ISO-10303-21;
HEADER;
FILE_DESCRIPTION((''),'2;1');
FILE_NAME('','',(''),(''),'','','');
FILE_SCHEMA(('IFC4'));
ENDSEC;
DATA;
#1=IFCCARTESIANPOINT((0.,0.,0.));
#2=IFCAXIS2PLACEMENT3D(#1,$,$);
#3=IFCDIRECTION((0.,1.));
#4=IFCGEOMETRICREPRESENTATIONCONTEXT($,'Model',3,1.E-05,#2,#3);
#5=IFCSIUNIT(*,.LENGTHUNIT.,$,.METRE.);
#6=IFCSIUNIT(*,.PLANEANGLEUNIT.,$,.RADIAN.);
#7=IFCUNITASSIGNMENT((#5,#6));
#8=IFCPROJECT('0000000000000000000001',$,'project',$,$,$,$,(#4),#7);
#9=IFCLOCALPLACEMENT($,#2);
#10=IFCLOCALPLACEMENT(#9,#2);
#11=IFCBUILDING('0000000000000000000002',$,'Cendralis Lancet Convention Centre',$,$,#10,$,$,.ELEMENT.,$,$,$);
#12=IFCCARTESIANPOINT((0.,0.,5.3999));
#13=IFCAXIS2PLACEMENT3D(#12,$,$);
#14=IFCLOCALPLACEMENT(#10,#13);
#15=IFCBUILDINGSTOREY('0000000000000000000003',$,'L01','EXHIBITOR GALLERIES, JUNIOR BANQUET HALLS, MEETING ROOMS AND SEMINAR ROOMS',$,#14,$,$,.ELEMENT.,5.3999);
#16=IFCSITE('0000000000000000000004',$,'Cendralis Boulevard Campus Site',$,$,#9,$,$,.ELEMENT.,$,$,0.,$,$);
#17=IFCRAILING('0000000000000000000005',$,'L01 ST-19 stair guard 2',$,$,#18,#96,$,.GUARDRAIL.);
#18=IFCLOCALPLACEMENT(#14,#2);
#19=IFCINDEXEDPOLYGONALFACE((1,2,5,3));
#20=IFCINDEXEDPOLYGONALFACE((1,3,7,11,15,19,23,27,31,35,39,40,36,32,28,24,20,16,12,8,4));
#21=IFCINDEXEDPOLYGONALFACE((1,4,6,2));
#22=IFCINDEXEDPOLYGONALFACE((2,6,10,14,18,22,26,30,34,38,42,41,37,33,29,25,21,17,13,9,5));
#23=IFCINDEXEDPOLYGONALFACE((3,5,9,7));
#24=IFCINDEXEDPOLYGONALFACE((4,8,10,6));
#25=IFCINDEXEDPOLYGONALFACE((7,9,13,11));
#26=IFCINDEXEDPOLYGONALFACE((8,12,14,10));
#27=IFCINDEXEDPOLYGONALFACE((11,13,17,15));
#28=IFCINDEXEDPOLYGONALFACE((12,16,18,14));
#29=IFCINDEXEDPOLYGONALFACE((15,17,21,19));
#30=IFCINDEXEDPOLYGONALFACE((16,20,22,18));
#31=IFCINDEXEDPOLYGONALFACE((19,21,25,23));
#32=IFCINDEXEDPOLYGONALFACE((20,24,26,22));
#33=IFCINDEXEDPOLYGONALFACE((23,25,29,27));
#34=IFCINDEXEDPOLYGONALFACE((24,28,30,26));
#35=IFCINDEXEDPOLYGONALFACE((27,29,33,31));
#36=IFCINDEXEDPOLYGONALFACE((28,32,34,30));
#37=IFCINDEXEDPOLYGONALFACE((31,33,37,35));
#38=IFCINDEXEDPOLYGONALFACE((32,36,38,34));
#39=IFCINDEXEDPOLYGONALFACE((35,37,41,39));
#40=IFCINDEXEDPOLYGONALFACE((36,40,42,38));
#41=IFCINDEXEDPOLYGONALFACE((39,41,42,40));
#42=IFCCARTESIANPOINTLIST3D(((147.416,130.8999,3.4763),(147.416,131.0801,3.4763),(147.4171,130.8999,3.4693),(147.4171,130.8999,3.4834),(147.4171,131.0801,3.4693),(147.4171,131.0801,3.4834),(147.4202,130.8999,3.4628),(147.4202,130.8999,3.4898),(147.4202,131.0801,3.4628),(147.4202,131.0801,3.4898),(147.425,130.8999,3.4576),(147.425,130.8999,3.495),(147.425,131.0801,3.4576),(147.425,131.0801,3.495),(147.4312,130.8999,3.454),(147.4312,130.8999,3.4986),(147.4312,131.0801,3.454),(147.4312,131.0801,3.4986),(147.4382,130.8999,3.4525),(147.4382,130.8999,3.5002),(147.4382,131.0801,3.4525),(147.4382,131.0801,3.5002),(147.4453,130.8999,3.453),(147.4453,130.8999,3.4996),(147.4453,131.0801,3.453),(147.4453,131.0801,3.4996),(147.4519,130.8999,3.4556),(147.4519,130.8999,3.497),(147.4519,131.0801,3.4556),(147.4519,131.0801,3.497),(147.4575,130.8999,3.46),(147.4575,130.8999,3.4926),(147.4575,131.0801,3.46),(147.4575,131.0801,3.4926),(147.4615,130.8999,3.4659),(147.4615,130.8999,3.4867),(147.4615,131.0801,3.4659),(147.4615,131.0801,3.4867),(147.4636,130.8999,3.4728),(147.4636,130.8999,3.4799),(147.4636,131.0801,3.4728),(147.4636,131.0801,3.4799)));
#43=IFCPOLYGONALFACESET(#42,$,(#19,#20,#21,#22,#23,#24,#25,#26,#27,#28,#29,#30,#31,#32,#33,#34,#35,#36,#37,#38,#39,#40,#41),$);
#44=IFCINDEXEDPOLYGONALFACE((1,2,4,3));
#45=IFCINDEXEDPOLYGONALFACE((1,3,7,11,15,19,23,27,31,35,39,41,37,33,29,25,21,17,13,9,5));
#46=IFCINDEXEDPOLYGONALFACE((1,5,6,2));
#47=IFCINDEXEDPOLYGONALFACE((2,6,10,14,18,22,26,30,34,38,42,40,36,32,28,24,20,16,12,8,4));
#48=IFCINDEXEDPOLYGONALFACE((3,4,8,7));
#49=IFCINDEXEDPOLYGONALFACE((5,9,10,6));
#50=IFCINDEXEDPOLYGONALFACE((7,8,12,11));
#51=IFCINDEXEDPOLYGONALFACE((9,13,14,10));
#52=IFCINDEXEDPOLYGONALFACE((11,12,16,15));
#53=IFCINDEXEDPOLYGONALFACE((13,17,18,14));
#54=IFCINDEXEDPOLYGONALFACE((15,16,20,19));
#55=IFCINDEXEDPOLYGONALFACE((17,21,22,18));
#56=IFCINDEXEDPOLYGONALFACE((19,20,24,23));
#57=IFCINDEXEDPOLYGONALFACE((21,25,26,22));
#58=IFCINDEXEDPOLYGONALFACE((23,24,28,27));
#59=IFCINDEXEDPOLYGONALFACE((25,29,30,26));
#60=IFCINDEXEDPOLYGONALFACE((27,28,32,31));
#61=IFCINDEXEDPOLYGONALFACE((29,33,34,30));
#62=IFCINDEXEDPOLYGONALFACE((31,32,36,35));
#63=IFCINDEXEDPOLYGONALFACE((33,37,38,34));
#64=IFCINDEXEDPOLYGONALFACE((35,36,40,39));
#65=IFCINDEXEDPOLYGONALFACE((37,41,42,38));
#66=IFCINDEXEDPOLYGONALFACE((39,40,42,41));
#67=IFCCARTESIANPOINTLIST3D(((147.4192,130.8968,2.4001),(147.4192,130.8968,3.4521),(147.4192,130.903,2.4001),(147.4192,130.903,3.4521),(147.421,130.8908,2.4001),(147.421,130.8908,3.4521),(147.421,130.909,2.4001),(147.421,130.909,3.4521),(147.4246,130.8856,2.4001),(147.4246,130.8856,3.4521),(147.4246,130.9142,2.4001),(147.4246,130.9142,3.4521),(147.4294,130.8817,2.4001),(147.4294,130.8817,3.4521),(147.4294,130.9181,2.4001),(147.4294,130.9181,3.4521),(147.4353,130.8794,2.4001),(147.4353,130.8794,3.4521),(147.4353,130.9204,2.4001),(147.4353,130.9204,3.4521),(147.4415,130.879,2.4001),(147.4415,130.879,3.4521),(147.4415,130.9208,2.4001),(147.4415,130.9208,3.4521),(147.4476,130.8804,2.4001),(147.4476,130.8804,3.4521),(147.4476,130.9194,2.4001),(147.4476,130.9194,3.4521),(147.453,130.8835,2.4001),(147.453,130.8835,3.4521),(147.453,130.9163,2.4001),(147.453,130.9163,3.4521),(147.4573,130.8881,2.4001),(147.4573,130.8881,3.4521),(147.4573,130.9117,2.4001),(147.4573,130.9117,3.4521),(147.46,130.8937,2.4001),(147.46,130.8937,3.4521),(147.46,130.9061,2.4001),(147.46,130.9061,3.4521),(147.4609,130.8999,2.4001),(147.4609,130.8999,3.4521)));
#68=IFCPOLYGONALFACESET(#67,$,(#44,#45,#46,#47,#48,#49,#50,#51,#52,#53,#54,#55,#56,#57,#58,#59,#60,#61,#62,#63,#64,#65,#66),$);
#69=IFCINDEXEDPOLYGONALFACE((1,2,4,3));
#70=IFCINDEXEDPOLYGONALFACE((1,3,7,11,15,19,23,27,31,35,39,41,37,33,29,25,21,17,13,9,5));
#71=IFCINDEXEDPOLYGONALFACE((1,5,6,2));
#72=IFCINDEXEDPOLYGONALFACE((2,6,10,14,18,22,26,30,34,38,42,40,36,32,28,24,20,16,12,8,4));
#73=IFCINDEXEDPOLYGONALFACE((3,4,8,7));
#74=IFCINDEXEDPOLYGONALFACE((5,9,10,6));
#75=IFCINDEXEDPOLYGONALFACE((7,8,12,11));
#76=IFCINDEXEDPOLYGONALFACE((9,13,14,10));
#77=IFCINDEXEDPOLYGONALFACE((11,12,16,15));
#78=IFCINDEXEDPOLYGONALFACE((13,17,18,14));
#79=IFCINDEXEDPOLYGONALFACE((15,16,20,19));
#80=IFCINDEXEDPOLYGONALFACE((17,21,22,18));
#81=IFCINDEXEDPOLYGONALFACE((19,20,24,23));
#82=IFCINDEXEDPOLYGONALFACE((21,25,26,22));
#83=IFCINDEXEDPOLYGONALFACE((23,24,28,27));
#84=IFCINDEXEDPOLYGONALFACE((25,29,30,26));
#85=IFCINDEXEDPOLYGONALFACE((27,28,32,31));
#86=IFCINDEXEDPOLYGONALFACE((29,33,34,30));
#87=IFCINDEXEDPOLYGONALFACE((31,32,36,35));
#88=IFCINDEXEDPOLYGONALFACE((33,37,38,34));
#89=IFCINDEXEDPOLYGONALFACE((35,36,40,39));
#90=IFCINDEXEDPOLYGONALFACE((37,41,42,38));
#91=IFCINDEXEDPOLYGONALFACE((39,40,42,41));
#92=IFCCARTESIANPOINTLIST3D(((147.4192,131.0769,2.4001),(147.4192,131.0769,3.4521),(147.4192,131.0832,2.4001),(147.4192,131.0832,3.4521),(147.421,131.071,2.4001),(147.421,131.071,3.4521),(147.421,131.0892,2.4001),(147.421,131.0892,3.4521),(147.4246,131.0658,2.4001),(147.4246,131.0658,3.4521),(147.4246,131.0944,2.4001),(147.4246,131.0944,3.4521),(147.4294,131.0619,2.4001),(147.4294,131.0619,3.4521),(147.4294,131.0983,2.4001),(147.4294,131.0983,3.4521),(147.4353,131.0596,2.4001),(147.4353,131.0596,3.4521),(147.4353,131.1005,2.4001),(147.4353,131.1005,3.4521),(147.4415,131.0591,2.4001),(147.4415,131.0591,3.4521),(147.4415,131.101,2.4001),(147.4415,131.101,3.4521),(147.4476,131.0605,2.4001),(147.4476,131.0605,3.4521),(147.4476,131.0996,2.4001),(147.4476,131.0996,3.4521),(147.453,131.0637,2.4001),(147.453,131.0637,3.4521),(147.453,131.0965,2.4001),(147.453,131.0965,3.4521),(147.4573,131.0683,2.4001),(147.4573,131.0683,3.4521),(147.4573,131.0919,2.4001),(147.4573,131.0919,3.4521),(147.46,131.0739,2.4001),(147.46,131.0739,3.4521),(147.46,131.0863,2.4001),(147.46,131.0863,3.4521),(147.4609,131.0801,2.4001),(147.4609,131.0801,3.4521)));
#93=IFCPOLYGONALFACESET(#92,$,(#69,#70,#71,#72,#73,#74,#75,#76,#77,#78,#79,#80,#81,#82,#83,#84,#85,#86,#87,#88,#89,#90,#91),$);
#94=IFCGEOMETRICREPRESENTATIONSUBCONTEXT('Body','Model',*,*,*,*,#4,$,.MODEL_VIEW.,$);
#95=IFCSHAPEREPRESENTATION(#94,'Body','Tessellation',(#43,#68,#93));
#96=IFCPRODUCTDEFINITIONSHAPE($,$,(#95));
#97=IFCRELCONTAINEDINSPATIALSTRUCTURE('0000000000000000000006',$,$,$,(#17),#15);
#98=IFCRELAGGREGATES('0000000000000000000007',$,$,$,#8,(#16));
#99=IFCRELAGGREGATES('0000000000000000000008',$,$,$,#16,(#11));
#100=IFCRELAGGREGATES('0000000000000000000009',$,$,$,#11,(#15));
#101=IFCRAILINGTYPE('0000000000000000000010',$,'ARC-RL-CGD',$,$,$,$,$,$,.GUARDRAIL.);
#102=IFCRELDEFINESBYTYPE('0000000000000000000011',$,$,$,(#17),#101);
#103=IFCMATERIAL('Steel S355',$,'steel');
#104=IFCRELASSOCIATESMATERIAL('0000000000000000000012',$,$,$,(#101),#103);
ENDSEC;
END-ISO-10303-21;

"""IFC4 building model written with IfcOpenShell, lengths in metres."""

from ifc_helpers import new_model, si_unit, direction, frame, origin, origin_2d, place, context, subcontext, project, spatial, circle, extrude, material, type_object, element, save


model = new_model("IFC4")

# Units and contexts
model_context = context("Model", 3, precision=1e-05, world=origin(), true_north=direction((0.0, 1.0)))
body_context = subcontext(model_context, "Body", "Model", "MODEL_VIEW")
ifc_project = project(units=[si_unit("LENGTHUNIT", "METRE"), si_unit("PLANEANGLEUNIT", "RADIAN")], contexts=[model_context])

# Site, building, storey
site_placement = place(None, origin())
site = spatial("IfcSite", under=ifc_project, at=site_placement, Name="Cendralis Boulevard Campus Site", CompositionType="ELEMENT", RefElevation=0.0)
building_placement = place(site_placement, origin())
building = spatial("IfcBuilding", under=site, at=building_placement, Name="Cendralis Lancet Convention Centre", CompositionType="ELEMENT")
storey_placement = place(building_placement, frame((0.0, 0.0, 5.3999)))
storey = spatial("IfcBuildingStorey", under=building, at=storey_placement, Name="L01", Description="EXHIBITOR GALLERIES, JUNIOR BANQUET HALLS, MEETING ROOMS AND SEMINAR ROOMS", CompositionType="ELEMENT", Elevation=5.3999)

# Shared definitions
ifc_material_1 = material(Name="Steel S355", Category="steel")

# Railing
railing_type_1 = type_object("IfcRailingType", Name="ARC-RL-CGD", PredefinedType="GUARDRAIL", material=ifc_material_1)
railing_1_placement = place(storey_placement, frame((147.4399, 130.8999, 2.4001)))
element("IfcRailing", 1, at=railing_1_placement, inside=storey, type_object=railing_type_1, Name="L01 ST-19 stair guard 2", PredefinedType="GUARDRAIL", context=body_context, shape_type="SweptSolid", body=[
    extrude(circle(Radius=0.0239, at=origin_2d()), frame((0.0, 0.0, 1.0762), z_axis=(0.0, 1.0, 0.0), x_axis=(-1.0, 0.0, 0.0)), (0.0, 0.0, 1.0), 0.1802),
    extrude(circle(Radius=0.021, at=origin_2d()), origin(), (0.0, 0.0, 1.0), 1.052),
    extrude(circle(Radius=0.021, at=origin_2d()), frame((0.0, 0.1802, 0.0)), (0.0, 0.0, 1.0), 1.052),
])

save(model, "model.ifc")
